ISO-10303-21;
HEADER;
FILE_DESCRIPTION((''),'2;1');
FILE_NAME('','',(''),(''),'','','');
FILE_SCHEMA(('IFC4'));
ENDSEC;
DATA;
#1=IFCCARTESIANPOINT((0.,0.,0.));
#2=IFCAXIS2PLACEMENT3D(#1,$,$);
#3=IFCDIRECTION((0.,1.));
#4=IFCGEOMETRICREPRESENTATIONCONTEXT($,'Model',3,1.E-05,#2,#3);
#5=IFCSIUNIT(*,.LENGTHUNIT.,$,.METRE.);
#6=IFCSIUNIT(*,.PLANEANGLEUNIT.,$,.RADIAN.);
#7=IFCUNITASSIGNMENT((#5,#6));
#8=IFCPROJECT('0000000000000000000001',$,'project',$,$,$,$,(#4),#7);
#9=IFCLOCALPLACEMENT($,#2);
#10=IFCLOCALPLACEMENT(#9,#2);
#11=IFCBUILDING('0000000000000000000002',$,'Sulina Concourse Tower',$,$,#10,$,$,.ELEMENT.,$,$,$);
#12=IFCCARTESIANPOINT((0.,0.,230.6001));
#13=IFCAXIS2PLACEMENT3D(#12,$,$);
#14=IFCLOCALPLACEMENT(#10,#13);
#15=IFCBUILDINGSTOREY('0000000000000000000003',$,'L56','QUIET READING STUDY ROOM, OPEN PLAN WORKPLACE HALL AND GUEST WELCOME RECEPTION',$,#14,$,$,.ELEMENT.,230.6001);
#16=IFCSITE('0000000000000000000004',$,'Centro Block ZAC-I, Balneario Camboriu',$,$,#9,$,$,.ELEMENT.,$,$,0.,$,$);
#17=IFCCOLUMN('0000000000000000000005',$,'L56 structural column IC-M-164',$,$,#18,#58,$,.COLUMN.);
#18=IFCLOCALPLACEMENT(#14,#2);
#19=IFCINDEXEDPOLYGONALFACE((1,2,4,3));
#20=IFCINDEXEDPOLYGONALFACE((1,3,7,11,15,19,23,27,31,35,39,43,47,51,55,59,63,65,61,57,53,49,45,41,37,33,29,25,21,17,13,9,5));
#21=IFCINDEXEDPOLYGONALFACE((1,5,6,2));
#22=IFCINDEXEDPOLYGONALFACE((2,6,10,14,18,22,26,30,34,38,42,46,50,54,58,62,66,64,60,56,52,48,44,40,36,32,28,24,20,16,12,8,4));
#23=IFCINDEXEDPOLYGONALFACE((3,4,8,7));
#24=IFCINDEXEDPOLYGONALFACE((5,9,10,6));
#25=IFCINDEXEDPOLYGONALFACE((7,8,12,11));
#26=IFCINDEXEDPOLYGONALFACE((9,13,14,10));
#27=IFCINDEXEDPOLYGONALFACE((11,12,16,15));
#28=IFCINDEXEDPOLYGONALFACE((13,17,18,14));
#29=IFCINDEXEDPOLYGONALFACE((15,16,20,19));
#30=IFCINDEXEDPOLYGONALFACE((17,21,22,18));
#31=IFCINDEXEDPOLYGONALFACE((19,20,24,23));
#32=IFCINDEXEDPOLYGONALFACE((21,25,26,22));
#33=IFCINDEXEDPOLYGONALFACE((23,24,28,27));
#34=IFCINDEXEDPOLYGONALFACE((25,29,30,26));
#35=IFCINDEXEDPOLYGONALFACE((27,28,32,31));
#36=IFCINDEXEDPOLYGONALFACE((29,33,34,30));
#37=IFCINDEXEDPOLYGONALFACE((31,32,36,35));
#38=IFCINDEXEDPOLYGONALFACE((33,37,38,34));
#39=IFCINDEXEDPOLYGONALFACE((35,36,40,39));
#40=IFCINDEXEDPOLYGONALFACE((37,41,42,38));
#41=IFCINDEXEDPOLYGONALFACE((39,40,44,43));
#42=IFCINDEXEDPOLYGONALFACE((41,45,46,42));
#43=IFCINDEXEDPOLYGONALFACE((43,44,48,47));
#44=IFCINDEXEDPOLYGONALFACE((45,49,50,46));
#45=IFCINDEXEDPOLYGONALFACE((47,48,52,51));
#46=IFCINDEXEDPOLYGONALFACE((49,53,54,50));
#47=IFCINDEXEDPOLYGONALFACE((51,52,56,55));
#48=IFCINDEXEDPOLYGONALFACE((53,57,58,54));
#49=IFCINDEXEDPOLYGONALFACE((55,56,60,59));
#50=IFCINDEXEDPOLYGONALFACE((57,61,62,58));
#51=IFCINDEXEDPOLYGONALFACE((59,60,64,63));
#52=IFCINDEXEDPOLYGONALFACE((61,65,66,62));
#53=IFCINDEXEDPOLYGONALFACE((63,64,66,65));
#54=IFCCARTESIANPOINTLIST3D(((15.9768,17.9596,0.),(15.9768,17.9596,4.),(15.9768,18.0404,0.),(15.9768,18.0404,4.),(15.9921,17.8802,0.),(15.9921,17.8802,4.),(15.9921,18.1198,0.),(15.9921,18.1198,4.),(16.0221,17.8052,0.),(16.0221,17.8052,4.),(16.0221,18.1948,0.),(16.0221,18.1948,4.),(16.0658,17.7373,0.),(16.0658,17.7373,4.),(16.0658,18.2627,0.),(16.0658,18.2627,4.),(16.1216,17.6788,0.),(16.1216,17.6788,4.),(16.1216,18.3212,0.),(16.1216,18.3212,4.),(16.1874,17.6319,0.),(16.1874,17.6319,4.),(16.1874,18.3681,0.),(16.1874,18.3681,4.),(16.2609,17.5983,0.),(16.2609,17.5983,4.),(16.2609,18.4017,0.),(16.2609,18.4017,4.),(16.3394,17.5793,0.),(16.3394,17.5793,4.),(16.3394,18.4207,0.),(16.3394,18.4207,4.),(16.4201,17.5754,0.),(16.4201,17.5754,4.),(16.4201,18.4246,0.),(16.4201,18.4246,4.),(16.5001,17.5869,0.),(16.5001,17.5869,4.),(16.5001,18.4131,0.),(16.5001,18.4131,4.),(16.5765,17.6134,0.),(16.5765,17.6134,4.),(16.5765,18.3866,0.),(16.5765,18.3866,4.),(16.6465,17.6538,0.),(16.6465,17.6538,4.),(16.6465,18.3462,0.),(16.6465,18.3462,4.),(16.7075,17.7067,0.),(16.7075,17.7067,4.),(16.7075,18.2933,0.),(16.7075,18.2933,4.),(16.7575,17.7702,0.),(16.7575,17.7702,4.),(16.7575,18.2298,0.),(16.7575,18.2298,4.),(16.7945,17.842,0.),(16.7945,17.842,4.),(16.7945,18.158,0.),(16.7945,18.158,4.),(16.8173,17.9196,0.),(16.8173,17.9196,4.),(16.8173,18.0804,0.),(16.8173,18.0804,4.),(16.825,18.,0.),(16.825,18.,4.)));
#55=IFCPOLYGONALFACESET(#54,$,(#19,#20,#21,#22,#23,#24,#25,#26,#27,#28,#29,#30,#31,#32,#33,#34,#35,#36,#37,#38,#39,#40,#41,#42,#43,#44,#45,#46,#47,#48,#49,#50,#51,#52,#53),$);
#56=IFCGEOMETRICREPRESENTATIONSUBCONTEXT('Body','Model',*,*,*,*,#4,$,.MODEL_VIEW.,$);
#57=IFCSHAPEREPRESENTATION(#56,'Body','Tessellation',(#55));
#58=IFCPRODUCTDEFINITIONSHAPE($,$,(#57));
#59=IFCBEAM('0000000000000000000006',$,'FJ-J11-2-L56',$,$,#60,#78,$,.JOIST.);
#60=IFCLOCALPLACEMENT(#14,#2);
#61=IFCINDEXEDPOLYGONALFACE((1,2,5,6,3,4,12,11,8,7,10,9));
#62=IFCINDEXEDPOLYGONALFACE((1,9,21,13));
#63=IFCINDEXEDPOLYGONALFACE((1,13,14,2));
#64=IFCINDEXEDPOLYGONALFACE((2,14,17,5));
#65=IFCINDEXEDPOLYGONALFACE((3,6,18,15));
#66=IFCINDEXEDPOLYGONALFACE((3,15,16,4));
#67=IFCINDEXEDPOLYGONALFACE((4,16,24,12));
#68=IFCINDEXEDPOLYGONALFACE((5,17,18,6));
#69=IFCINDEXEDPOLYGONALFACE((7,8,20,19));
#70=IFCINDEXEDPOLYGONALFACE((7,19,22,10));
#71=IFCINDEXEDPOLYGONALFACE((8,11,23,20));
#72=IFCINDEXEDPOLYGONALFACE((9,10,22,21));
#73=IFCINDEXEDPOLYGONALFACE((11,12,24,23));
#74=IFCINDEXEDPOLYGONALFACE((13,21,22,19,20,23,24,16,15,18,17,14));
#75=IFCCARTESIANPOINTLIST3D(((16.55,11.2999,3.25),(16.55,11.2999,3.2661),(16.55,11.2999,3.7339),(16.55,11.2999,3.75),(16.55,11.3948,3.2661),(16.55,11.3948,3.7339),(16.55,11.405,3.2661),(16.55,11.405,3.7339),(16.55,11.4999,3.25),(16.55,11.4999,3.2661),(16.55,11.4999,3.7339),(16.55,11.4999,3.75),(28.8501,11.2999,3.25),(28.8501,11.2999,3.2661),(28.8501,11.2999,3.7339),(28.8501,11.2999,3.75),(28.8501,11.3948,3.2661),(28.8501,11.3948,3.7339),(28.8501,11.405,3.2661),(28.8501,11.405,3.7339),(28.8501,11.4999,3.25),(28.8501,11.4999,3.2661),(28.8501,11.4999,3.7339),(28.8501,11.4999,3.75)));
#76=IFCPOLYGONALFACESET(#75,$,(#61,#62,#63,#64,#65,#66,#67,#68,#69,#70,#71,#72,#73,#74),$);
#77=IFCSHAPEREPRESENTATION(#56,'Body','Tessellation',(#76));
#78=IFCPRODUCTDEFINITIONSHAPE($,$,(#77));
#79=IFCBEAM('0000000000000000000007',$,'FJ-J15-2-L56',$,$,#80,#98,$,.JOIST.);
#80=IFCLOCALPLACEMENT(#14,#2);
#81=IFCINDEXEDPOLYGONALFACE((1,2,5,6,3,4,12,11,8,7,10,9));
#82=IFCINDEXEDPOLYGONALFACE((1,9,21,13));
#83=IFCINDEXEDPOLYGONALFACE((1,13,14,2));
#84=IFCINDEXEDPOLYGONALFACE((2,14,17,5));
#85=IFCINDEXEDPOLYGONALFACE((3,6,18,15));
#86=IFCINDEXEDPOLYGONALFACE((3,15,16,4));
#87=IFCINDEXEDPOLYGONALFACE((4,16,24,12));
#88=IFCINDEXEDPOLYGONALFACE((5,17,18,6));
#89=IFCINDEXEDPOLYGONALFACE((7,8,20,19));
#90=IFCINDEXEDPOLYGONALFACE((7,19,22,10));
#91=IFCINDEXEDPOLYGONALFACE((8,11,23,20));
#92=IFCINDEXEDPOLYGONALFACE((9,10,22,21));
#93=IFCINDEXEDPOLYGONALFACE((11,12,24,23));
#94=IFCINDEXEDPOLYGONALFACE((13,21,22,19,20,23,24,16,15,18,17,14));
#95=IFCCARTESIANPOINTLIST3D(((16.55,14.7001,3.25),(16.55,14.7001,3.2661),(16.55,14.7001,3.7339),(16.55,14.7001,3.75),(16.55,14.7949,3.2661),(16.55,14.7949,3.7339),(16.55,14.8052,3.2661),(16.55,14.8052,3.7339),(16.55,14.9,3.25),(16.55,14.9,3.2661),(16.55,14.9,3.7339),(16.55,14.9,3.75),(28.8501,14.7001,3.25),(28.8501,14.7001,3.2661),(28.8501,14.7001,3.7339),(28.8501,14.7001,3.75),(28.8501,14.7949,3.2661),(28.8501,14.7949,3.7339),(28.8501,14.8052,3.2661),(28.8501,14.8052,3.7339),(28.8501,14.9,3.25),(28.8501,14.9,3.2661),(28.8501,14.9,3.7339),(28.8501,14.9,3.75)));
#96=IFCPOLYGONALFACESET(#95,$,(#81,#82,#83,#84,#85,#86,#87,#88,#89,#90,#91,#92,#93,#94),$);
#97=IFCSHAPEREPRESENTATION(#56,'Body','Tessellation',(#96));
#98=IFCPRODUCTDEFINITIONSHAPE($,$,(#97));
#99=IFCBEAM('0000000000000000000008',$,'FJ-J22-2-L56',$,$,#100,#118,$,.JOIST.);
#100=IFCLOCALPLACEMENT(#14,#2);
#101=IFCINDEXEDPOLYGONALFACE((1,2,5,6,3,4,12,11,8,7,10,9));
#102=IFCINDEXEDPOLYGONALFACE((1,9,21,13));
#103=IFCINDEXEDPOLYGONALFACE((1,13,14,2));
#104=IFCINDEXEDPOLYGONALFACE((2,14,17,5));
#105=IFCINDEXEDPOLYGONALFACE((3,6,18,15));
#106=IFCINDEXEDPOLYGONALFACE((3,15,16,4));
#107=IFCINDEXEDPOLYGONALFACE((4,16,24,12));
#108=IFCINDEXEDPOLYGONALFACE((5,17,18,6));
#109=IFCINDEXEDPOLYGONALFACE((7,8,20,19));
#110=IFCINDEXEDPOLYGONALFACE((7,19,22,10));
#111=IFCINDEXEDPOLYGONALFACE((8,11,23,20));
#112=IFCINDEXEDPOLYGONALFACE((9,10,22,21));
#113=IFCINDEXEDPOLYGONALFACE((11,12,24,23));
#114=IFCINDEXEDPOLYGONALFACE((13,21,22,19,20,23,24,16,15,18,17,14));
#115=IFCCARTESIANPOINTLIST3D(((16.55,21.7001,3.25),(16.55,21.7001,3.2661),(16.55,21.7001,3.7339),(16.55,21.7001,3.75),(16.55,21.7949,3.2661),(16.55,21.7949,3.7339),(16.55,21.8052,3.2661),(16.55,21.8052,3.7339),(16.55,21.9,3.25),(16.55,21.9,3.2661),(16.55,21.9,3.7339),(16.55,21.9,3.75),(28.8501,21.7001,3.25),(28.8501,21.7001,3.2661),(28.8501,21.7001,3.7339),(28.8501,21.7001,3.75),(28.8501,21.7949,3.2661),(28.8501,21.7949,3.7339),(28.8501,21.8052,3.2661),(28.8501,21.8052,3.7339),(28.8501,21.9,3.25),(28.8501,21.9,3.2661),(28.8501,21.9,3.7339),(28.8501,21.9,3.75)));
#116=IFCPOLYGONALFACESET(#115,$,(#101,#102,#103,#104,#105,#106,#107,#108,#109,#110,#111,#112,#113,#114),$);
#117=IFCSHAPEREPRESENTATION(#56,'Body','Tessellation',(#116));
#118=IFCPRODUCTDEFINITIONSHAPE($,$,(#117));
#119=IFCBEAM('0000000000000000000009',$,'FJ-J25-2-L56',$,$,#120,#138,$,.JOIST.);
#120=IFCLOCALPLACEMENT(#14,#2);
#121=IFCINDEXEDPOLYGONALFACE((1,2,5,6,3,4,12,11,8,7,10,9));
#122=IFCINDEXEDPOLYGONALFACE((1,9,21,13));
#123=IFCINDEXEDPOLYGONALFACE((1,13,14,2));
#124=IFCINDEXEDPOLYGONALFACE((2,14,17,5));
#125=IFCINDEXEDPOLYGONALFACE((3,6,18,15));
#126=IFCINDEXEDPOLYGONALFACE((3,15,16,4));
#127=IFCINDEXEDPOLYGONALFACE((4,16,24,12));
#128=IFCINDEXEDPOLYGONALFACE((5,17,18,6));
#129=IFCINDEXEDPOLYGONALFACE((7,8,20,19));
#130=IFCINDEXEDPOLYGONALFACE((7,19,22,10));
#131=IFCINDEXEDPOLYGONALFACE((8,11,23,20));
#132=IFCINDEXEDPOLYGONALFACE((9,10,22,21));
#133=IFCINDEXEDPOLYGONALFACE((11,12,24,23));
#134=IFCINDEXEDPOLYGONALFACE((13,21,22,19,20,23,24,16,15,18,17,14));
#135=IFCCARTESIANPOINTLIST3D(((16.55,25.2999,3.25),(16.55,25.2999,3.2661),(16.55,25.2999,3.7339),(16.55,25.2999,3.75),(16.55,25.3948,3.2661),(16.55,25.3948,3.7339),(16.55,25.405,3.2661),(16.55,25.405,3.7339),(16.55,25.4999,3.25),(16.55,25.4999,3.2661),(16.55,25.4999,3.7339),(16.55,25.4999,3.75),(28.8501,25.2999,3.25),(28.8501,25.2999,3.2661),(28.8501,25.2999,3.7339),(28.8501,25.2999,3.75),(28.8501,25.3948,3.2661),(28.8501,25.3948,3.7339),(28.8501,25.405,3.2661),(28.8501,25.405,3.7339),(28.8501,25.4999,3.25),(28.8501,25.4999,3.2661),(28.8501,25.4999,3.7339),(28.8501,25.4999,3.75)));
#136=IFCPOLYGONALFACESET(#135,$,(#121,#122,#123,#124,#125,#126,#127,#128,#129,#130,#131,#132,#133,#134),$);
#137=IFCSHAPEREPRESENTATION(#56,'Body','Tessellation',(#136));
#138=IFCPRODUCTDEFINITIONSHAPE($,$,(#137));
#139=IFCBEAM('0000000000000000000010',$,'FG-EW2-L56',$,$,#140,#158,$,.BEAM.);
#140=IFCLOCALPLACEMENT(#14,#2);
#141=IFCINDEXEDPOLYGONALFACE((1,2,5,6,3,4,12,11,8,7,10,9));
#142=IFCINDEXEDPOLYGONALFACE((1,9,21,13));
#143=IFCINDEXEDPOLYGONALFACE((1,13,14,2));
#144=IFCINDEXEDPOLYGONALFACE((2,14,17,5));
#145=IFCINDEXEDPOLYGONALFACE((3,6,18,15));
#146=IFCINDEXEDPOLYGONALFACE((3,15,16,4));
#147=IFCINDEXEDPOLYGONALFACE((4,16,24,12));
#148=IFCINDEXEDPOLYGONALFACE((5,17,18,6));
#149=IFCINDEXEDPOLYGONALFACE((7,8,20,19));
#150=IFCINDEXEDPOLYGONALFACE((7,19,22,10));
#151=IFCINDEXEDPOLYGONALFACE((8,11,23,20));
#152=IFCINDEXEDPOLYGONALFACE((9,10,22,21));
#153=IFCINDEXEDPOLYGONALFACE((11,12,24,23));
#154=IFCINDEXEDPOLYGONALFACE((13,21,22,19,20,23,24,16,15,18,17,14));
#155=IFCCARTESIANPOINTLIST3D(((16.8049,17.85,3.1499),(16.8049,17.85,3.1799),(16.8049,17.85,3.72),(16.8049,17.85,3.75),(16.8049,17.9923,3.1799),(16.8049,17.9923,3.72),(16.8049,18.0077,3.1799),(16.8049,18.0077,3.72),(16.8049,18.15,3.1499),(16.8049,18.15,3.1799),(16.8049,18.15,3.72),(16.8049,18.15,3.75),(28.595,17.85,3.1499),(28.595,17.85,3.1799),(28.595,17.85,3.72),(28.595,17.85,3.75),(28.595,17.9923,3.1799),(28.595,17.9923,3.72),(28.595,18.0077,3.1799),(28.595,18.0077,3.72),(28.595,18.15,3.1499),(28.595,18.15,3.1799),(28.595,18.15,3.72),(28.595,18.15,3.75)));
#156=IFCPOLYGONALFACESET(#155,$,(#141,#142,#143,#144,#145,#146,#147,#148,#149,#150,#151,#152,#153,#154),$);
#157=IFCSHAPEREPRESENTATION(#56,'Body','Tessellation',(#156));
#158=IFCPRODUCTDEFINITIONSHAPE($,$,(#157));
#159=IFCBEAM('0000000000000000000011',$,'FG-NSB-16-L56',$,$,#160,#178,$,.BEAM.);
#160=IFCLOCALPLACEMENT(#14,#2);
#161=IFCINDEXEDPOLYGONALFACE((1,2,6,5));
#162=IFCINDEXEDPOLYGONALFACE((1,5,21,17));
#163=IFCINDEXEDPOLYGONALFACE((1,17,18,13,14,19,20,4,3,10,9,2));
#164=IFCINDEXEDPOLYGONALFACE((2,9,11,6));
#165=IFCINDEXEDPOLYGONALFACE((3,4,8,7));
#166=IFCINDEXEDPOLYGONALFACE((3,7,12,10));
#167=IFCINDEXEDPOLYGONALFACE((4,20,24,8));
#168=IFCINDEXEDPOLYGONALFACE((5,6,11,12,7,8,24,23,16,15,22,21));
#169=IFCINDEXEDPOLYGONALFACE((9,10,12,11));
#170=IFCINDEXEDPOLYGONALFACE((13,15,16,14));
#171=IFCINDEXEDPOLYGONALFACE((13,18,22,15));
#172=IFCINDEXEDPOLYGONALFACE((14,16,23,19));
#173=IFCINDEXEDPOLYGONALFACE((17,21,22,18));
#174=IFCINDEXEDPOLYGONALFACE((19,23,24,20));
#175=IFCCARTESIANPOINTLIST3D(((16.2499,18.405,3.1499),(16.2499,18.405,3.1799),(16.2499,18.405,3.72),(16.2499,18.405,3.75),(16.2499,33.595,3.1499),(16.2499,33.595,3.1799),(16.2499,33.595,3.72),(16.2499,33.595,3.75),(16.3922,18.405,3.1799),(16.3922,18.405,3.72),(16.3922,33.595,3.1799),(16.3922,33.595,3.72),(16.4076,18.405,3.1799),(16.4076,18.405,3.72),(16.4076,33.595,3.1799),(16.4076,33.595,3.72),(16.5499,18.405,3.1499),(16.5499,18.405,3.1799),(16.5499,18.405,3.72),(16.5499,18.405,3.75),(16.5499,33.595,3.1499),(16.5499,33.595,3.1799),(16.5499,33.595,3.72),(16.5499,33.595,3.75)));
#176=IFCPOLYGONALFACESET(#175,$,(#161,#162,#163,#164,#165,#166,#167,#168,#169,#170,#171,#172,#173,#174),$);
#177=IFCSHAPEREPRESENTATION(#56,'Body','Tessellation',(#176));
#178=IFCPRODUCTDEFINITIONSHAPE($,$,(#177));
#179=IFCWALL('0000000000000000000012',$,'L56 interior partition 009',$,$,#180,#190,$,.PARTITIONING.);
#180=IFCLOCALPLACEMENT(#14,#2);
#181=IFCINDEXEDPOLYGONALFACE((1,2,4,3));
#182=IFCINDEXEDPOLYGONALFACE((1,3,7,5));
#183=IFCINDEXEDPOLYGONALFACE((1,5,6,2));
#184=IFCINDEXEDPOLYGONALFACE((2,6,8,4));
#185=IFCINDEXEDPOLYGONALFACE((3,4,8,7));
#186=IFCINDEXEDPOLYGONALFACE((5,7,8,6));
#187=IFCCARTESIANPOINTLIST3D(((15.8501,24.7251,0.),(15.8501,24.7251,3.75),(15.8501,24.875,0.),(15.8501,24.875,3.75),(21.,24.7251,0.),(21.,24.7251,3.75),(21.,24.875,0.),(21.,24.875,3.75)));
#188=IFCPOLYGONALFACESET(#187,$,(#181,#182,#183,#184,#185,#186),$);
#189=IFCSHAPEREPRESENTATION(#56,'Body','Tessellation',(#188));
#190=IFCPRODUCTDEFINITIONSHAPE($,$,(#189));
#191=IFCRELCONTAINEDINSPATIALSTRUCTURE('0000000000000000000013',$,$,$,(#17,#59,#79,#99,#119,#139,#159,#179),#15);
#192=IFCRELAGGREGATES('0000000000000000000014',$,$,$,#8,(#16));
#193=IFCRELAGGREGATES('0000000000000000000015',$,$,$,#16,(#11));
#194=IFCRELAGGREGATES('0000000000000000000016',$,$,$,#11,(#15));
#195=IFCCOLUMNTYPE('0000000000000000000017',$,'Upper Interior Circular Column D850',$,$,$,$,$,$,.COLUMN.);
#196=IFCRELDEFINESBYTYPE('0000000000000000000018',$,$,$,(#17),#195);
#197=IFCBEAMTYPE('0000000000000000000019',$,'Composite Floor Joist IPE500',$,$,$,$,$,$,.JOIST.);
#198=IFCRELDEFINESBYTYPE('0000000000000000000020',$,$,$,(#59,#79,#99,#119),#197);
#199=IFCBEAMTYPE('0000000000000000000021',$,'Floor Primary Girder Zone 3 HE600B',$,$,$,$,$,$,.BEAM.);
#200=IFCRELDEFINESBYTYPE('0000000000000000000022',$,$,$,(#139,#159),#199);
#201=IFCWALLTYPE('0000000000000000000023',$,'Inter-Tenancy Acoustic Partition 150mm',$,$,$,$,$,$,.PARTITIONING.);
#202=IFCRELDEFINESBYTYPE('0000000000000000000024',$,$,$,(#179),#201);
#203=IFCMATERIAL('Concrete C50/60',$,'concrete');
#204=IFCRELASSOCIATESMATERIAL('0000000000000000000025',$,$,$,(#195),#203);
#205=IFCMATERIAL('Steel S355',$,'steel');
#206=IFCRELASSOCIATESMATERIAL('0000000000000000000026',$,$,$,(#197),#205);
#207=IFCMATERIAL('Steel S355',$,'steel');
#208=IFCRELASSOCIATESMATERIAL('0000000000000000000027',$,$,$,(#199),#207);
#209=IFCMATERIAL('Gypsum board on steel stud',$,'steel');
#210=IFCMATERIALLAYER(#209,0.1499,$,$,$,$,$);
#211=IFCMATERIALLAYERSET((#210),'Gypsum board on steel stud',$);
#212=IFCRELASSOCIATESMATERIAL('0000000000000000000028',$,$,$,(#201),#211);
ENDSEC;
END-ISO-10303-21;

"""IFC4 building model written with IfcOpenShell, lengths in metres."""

from ifc_helpers import new_model, si_unit, direction, frame, frame_2d, origin, origin_2d, place, context, subcontext, project, spatial, rectangle, circle, i_section, extrude, material, layer, layer_set, material_profile, profile_set, type_object, element, save


model = new_model("IFC4")

# Units and contexts
model_context = context("Model", 3, precision=1e-05, world=origin(), true_north=direction((0.0, 1.0)))
body_context = subcontext(model_context, "Body", "Model", "MODEL_VIEW")
ifc_project = project(units=[si_unit("LENGTHUNIT", "METRE"), si_unit("PLANEANGLEUNIT", "RADIAN")], contexts=[model_context])

# Site, building, storey
site_placement = place(None, origin())
site = spatial("IfcSite", under=ifc_project, at=site_placement, Name="Centro Block ZAC-I, Balneario Camboriu", CompositionType="ELEMENT", RefElevation=0.0)
building_placement = place(site_placement, origin())
building = spatial("IfcBuilding", under=site, at=building_placement, Name="Sulina Concourse Tower", CompositionType="ELEMENT")
storey_placement = place(building_placement, frame((0.0, 0.0, 230.6001)))
storey = spatial("IfcBuildingStorey", under=building, at=storey_placement, Name="L56", Description="QUIET READING STUDY ROOM, OPEN PLAN WORKPLACE HALL AND GUEST WELCOME RECEPTION", CompositionType="ELEMENT", Elevation=230.6001)

# Column
ifc_material_1 = material(Name="Concrete C50/60", Category="concrete")
ifc_material_profile_1 = material_profile(ifc_material_1, circle(Radius=0.425, at=origin_2d()), Name="RC D850")
ifc_profile_set_1 = profile_set([ifc_material_profile_1], Name="Concrete C50/60")
column_type = type_object("IfcColumnType", Name="Upper Interior Circular Column D850", PredefinedType="COLUMN", material=ifc_profile_set_1)
column_placement = place(storey_placement, frame((16.3999, 18.0, 0.0), z_axis=(0.0, 0.0, 1.0), x_axis=(1.0, 0.0, 0.0)))
element("IfcColumn", 1, at=column_placement, inside=storey, type_object=column_type, Name="L56 structural column IC-M-164", PredefinedType="COLUMN", context=body_context, shape_type="SweptSolid", body=[
    extrude(circle(Radius=0.425, at=origin_2d()), origin(), (0.0, 0.0, 1.0), 4.0),
])

# Beams
ifc_material_2 = material(Name="Steel S355", Category="steel")
ifc_material_profile_2 = material_profile(ifc_material_2, i_section(OverallWidth=0.2, OverallDepth=0.5, WebThickness=0.0103, FlangeThickness=0.0161, at=origin_2d()), Name="IPE 500")
ifc_profile_set_2 = profile_set([ifc_material_profile_2], Name="Steel S355")
beam_type_1 = type_object("IfcBeamType", Name="Composite Floor Joist IPE500", PredefinedType="JOIST", material=ifc_profile_set_2)
for number, where, z_axis, x_axis, name in (
    (2, (16.55, 11.3999, 3.5), (1.0, 0.0, 0.0), (0.0, 1.0, 0.0), "FJ-J11-2-L56"),
    (3, (16.55, 14.8, 3.5), (1.0, 0.0, 0.0), (0.0, 1.0, 0.0), "FJ-J15-2-L56"),
    (4, (16.55, 21.8, 3.5), (1.0, 0.0, 0.0), (0.0, 1.0, 0.0), "FJ-J22-2-L56"),
    (5, (16.55, 25.3999, 3.5), (1.0, 0.0, 0.0), (0.0, 1.0, 0.0), "FJ-J25-2-L56"),
):
    element("IfcBeam", number, at=place(storey_placement, frame(where, z_axis=z_axis, x_axis=x_axis)), inside=storey, type_object=beam_type_1, Name=name, PredefinedType="JOIST", context=body_context, shape_type="SweptSolid", body=[
        extrude(i_section(OverallWidth=0.2, OverallDepth=0.5, WebThickness=0.0103, FlangeThickness=0.0161, at=origin_2d()), origin(), (0.0, 0.0, 1.0), 12.3),
    ])
ifc_material_3 = material(Name="Steel S355", Category="steel")
ifc_material_profile_3 = material_profile(ifc_material_3, i_section(OverallWidth=0.3, OverallDepth=0.6001, WebThickness=0.0154, FlangeThickness=0.03, at=origin_2d()), Name="HE 600 B")
ifc_profile_set_3 = profile_set([ifc_material_profile_3], Name="Steel S355")
beam_type_2 = type_object("IfcBeamType", Name="Floor Primary Girder Zone 3 HE600B", PredefinedType="BEAM", material=ifc_profile_set_3)
beam_1_placement = place(storey_placement, frame((16.8049, 18.0, 3.45), z_axis=(1.0, 0.0, 0.0), x_axis=(0.0, 1.0, 0.0)))
element("IfcBeam", 6, at=beam_1_placement, inside=storey, type_object=beam_type_2, Name="FG-EW2-L56", PredefinedType="BEAM", context=body_context, shape_type="SweptSolid", body=[
    extrude(i_section(OverallWidth=0.3, OverallDepth=0.6001, WebThickness=0.0154, FlangeThickness=0.03, at=origin_2d()), origin(), (0.0, 0.0, 1.0), 11.79),
])
beam_2_placement = place(storey_placement, frame((16.3999, 18.405, 3.45), z_axis=(0.0, 1.0, 0.0), x_axis=(-1.0, 0.0, 0.0)))
element("IfcBeam", 7, at=beam_2_placement, inside=storey, type_object=beam_type_2, Name="FG-NSB-16-L56", PredefinedType="BEAM", context=body_context, shape_type="SweptSolid", body=[
    extrude(i_section(OverallWidth=0.3, OverallDepth=0.6001, WebThickness=0.0154, FlangeThickness=0.03, at=origin_2d()), origin(), (0.0, 0.0, 1.0), 15.1899),
])

# Wall
ifc_material_4 = material(Name="Gypsum board on steel stud", Category="steel")
ifc_layer_1 = layer(ifc_material_4, 0.1499)
ifc_layer_set_1 = layer_set([ifc_layer_1], Name="Gypsum board on steel stud")
wall_type_1 = type_object("IfcWallType", Name="Inter-Tenancy Acoustic Partition 150mm", PredefinedType="PARTITIONING", material=ifc_layer_set_1)
wall_1_placement = place(storey_placement, frame((15.8501, 24.8, 0.0), z_axis=(0.0, 0.0, 1.0), x_axis=(1.0, 0.0, 0.0)))
element("IfcWall", 8, at=wall_1_placement, inside=storey, type_object=wall_type_1, Name="L56 interior partition 009", PredefinedType="PARTITIONING", context=body_context, shape_type="SweptSolid", body=[
    extrude(rectangle(XDim=5.1499, YDim=0.1499, at=frame_2d((2.575, 0.0))), origin(), (0.0, 0.0, 1.0), 3.75),
])

save(model, "model.ifc")
